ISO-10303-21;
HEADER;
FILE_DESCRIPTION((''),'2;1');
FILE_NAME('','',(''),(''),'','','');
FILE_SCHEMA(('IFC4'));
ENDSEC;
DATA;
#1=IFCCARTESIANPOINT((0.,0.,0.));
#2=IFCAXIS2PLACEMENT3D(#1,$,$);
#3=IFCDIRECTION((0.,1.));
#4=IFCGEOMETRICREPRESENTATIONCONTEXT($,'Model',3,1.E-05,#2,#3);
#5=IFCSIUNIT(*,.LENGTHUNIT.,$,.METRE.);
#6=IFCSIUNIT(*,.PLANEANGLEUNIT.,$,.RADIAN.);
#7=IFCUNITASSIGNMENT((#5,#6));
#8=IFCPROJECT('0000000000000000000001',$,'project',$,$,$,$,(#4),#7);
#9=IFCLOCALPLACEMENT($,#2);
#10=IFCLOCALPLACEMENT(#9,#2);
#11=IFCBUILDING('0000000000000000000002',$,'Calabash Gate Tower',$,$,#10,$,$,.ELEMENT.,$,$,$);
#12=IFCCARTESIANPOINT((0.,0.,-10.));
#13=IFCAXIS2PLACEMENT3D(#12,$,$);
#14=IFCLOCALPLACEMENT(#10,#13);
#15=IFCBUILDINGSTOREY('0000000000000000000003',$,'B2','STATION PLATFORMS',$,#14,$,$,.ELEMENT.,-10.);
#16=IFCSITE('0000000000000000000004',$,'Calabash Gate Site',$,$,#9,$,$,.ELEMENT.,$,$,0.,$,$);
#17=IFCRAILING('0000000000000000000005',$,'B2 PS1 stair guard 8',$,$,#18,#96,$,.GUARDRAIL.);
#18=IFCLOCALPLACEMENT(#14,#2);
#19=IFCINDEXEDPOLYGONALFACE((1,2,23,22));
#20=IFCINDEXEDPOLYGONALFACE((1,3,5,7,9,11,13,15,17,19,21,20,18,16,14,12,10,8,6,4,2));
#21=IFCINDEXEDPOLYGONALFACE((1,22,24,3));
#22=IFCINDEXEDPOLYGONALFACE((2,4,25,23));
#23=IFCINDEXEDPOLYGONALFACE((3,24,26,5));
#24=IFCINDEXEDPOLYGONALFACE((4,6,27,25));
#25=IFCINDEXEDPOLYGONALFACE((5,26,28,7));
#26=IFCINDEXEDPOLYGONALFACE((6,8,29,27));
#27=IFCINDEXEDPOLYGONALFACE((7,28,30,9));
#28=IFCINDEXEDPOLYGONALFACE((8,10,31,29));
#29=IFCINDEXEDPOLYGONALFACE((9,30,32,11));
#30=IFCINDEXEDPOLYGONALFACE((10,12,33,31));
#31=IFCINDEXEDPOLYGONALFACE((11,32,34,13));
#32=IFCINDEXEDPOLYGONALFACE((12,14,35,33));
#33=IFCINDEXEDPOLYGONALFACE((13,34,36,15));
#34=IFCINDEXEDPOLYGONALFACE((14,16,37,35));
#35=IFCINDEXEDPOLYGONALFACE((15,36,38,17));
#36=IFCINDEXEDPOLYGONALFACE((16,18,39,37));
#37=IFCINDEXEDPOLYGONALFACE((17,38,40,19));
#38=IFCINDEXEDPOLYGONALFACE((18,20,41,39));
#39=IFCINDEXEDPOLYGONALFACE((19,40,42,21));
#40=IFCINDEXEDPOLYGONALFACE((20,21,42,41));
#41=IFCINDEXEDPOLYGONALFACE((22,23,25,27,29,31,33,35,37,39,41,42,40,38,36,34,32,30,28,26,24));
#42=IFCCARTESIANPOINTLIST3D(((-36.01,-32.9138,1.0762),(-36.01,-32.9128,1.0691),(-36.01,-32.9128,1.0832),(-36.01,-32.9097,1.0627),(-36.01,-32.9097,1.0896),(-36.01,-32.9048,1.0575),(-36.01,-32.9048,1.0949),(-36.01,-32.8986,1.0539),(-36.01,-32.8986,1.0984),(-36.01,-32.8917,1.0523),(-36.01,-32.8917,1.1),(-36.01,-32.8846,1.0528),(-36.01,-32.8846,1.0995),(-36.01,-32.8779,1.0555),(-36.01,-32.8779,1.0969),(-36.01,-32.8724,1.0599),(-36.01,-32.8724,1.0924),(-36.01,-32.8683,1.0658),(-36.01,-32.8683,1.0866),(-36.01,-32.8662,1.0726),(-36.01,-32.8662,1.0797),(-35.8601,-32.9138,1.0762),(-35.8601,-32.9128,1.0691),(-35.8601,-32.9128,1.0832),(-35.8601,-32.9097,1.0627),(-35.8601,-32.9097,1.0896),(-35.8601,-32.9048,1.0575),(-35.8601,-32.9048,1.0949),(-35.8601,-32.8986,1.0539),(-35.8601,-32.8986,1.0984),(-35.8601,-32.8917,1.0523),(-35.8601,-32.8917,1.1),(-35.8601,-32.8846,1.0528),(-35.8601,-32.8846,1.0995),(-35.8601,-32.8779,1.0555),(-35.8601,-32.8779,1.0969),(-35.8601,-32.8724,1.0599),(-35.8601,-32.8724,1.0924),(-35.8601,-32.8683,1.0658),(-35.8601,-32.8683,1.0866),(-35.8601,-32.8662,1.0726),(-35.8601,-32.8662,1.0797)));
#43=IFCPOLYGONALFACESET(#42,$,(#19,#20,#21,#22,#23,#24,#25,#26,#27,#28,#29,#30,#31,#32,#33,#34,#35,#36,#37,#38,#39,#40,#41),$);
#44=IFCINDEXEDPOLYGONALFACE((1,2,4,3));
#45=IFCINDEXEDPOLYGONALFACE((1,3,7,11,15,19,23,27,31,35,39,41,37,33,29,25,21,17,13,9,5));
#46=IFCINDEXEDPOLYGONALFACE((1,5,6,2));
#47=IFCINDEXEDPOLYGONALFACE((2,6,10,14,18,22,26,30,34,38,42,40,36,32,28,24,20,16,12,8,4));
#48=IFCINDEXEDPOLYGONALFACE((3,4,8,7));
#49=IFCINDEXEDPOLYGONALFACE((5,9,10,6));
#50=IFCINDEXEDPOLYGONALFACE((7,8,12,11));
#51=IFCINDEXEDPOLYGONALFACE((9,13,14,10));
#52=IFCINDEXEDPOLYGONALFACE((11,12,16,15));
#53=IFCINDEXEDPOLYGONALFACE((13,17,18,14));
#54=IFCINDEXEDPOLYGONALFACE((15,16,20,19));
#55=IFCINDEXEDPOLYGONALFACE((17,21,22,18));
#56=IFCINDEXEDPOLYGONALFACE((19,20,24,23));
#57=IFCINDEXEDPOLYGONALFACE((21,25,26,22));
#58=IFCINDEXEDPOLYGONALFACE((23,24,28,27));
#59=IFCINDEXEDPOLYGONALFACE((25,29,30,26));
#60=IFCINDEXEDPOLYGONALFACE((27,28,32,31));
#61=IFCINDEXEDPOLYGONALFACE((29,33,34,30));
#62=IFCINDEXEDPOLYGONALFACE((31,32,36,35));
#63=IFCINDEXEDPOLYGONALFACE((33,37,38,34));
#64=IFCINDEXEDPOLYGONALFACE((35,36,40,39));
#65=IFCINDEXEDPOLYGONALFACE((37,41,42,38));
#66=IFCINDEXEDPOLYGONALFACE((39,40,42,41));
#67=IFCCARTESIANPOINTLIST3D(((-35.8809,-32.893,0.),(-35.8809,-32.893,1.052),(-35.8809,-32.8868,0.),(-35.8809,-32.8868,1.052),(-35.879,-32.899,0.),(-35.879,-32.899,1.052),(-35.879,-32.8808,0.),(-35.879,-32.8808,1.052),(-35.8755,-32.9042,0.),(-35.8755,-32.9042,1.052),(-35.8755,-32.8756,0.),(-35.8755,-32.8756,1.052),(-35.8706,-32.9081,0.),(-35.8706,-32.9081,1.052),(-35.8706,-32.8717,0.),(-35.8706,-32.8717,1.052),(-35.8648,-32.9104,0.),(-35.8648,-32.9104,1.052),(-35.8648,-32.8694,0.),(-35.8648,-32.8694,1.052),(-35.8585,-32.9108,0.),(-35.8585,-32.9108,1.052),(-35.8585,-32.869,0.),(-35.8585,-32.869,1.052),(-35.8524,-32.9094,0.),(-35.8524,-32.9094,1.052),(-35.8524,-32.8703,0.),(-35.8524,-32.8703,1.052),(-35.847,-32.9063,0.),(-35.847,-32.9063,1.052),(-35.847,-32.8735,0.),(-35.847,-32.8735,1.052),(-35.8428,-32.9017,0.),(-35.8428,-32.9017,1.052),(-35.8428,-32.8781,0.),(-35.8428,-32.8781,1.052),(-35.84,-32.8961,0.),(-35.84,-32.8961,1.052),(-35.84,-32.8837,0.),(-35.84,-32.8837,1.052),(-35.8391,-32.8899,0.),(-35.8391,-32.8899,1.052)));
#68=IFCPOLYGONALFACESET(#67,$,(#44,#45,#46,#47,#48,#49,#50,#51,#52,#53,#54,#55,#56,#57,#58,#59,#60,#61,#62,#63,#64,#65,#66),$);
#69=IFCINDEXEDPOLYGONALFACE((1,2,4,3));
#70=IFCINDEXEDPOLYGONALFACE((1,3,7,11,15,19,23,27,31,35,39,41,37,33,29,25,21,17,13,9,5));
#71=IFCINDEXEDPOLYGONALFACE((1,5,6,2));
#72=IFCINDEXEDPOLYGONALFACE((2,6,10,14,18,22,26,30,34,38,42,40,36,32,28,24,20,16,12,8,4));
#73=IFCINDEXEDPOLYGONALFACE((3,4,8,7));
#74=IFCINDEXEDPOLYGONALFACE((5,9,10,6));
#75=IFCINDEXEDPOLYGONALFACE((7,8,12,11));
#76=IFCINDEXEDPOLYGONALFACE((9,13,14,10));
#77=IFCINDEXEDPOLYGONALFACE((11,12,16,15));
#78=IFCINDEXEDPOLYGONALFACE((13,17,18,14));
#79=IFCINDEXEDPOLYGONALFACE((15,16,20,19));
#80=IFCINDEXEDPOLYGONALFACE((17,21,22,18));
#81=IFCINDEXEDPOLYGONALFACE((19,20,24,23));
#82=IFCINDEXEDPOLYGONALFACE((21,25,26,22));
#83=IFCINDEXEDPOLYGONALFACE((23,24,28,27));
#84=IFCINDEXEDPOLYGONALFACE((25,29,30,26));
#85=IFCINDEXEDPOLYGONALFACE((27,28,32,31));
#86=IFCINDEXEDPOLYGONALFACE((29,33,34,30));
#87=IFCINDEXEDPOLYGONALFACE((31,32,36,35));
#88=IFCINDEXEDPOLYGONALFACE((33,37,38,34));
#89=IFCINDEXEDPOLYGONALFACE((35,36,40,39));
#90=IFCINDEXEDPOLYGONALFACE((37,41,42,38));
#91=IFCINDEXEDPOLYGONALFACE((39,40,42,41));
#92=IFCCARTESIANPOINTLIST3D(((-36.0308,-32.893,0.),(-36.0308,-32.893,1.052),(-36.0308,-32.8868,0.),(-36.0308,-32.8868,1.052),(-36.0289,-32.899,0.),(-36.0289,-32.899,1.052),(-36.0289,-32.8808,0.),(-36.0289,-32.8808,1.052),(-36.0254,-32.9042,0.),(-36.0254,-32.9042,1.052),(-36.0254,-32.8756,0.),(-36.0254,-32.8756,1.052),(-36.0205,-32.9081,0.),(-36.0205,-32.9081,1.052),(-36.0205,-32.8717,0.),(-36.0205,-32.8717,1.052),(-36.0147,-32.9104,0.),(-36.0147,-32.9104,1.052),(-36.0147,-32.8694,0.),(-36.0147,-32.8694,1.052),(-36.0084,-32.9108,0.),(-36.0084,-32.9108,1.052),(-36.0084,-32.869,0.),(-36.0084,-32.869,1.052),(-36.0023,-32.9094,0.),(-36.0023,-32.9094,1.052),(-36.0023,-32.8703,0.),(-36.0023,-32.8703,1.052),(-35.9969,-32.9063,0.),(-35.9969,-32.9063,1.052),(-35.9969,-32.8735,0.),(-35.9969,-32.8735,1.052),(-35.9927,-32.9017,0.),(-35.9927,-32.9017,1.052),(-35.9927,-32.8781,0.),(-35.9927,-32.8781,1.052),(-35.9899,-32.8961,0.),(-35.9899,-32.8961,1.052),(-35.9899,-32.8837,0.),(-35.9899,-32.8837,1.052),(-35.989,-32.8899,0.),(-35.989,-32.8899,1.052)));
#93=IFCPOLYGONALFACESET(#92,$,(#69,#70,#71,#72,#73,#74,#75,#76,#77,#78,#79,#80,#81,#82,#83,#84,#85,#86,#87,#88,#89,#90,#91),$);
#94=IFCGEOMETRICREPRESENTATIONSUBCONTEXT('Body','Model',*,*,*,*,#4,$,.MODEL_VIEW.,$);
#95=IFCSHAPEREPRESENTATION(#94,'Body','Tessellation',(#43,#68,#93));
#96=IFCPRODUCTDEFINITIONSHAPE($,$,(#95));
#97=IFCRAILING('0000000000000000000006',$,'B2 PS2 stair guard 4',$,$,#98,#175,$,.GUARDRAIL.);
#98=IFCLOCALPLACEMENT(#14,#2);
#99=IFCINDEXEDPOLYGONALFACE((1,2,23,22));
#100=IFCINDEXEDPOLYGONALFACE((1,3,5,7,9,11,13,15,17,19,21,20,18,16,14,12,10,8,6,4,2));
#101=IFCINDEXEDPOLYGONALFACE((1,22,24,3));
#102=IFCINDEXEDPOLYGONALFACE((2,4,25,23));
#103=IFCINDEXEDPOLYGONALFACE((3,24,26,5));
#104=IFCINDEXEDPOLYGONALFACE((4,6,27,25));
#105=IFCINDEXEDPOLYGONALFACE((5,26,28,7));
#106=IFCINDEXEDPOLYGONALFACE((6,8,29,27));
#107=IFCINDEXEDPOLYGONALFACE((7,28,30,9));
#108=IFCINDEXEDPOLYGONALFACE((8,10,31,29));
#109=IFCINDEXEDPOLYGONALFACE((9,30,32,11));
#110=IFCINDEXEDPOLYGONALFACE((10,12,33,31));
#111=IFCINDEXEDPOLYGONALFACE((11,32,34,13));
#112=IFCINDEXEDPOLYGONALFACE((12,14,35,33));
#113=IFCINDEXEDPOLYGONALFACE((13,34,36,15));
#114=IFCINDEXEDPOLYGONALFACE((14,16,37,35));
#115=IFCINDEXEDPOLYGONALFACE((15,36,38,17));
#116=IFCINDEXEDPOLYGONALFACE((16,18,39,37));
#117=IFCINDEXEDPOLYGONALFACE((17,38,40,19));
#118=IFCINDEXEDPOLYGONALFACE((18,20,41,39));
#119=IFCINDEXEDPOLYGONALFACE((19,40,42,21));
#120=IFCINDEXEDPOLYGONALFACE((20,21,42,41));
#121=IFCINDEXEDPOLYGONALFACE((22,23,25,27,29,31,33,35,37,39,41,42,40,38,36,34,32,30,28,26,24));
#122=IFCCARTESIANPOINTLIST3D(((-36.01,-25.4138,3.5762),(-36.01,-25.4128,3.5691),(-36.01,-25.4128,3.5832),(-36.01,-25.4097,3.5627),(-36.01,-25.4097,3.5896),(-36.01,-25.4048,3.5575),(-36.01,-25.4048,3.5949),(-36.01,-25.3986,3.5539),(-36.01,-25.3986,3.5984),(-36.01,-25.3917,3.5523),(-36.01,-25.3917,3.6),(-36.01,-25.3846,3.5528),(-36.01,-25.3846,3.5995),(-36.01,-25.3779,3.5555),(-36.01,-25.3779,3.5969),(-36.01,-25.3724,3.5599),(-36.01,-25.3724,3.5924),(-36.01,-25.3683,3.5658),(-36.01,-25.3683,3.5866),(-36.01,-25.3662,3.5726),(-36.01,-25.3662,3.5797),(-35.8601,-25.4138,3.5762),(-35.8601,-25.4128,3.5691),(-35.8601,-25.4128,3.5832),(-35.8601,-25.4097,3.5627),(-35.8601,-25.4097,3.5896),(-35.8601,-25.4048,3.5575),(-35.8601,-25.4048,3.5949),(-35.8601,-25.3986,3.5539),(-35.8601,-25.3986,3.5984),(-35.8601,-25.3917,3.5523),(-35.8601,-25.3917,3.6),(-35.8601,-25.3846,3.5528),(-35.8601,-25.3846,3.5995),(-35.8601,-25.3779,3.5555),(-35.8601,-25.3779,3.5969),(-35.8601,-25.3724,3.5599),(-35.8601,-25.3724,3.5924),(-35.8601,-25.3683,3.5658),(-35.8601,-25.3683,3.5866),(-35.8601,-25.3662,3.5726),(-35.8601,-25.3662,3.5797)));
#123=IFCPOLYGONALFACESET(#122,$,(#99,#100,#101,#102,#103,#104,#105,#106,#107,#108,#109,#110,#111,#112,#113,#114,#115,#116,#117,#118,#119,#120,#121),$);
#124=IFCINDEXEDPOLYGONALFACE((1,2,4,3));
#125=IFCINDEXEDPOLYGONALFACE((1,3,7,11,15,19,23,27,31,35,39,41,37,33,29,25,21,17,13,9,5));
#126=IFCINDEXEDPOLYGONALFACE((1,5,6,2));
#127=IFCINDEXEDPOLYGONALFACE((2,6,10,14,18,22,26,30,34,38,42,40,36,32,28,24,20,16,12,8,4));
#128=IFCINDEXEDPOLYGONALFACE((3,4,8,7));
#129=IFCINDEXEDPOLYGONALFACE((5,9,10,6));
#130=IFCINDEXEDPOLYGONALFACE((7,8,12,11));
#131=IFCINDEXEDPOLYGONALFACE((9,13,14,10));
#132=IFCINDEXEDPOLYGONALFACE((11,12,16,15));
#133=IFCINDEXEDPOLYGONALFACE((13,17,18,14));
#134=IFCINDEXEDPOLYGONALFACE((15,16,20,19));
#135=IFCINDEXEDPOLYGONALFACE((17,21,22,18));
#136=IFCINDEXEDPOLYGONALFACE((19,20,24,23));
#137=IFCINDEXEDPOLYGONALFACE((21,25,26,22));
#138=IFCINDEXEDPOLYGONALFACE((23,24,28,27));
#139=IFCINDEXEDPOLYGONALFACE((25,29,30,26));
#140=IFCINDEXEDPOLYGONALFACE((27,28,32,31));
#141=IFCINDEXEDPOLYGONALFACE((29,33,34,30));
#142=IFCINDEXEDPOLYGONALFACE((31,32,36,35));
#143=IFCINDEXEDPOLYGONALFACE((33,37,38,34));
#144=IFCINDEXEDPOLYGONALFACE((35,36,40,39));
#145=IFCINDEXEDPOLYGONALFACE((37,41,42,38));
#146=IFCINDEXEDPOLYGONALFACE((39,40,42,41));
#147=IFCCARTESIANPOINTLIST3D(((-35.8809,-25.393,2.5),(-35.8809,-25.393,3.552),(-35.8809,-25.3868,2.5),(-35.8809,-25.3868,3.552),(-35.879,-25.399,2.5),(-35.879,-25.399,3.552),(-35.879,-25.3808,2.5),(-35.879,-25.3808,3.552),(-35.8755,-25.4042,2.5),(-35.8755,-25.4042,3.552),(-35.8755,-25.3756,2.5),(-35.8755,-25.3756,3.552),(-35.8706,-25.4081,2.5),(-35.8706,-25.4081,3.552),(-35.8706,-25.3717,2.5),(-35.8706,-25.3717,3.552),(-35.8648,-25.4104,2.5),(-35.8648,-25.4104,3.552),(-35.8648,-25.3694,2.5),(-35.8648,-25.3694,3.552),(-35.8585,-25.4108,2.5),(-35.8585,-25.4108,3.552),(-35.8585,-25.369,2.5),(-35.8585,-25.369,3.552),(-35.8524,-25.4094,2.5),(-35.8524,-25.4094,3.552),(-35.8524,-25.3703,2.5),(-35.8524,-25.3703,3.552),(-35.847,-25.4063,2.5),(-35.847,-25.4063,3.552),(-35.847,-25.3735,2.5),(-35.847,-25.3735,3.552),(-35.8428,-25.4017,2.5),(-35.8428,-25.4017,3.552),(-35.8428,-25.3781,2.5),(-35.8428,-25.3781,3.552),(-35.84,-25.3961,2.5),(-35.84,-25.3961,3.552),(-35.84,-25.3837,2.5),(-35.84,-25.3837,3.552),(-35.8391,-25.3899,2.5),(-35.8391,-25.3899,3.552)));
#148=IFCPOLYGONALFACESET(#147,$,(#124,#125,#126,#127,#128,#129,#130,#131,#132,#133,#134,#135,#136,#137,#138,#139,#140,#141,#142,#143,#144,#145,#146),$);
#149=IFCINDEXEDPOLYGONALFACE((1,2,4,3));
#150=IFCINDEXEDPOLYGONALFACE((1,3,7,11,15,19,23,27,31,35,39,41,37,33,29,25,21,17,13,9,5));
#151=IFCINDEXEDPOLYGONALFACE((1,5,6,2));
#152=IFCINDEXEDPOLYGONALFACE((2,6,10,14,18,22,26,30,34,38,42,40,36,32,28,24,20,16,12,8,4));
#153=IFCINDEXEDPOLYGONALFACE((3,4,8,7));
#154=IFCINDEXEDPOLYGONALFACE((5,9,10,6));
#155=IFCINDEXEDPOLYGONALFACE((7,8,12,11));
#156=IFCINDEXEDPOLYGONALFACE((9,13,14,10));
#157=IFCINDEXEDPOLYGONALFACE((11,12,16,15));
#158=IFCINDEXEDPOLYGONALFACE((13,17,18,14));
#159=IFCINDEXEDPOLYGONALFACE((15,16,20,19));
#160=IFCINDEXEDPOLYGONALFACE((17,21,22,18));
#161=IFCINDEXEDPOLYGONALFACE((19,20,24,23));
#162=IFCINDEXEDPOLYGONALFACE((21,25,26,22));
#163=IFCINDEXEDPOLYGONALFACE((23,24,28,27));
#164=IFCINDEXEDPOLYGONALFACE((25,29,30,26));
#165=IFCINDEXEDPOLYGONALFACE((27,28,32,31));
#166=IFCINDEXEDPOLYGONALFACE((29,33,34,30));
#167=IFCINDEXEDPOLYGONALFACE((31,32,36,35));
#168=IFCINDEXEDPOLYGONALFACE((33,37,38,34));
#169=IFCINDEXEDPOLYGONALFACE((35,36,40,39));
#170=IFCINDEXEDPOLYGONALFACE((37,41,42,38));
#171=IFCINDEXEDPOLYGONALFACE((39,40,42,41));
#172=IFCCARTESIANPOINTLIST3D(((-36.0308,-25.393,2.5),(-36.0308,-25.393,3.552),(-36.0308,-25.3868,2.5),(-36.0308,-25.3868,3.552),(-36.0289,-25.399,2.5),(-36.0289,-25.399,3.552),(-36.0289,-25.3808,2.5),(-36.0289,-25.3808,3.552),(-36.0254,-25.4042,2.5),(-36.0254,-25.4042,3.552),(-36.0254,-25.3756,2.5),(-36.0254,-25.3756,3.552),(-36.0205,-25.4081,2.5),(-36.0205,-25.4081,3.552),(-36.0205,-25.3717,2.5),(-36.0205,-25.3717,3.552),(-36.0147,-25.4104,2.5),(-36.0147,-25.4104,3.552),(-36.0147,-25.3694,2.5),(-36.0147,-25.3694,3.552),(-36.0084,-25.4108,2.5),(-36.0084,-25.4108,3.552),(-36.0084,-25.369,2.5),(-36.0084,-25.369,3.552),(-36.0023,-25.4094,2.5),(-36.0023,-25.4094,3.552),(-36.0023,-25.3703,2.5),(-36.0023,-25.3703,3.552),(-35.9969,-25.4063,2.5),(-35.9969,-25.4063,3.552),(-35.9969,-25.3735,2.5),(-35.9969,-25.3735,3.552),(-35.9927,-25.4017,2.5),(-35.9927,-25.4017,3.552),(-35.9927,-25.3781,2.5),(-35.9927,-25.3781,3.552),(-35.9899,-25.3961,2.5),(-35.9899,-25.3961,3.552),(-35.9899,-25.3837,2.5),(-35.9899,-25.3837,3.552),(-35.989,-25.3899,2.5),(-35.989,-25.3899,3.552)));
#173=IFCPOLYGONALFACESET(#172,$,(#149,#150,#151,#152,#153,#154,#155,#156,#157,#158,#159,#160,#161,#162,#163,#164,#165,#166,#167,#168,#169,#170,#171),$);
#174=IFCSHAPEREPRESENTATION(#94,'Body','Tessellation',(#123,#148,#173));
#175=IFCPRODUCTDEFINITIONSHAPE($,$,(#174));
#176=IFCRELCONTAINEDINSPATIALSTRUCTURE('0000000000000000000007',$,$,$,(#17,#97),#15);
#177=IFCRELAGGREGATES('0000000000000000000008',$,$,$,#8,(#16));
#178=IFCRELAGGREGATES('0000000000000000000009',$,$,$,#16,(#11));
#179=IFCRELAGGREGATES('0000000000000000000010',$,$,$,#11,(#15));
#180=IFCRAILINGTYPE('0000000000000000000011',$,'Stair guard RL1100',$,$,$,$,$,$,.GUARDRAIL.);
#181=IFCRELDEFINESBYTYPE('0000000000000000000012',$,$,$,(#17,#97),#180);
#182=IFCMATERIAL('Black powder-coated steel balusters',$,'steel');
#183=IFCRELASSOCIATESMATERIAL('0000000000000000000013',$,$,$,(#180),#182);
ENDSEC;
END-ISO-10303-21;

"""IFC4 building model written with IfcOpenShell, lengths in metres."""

from ifc_helpers import new_model, si_unit, direction, frame, origin, origin_2d, place, context, subcontext, project, spatial, circle, extrude, material, type_object, element, save


model = new_model("IFC4")

# Units and contexts
model_context = context("Model", 3, precision=1e-05, world=origin(), true_north=direction((0.0, 1.0)))
body_context = subcontext(model_context, "Body", "Model", "MODEL_VIEW")
ifc_project = project(units=[si_unit("LENGTHUNIT", "METRE"), si_unit("PLANEANGLEUNIT", "RADIAN")], contexts=[model_context])

# Site, building, storey
site_placement = place(None, origin())
site = spatial("IfcSite", under=ifc_project, at=site_placement, Name="Calabash Gate Site", CompositionType="ELEMENT", RefElevation=0.0)
building_placement = place(site_placement, origin())
building = spatial("IfcBuilding", under=site, at=building_placement, Name="Calabash Gate Tower", CompositionType="ELEMENT")
storey_placement = place(building_placement, frame((0.0, 0.0, -10.0)))
storey = spatial("IfcBuildingStorey", under=building, at=storey_placement, Name="B2", Description="STATION PLATFORMS", CompositionType="ELEMENT", Elevation=-10.0)

# Railings
ifc_material_1 = material(Name="Black powder-coated steel balusters", Category="steel")
railing_type_1 = type_object("IfcRailingType", Name="Stair guard RL1100", PredefinedType="GUARDRAIL", material=ifc_material_1)
for number, where, name in (
    (1, (-35.8601, -32.8899, 0.0), "B2 PS1 stair guard 8"),
    (2, (-35.8601, -25.3899, 2.5), "B2 PS2 stair guard 4"),
):
    element("IfcRailing", number, at=place(storey_placement, frame(where)), inside=storey, type_object=railing_type_1, Name=name, PredefinedType="GUARDRAIL", context=body_context, shape_type="SweptSolid", body=[
        extrude(circle(Radius=0.0239, at=origin_2d()), frame((0.0, 0.0, 1.0762), z_axis=(-1.0, 0.0, 0.0), x_axis=(0.0, -1.0, 0.0)), (0.0, 0.0, 1.0), 0.1499),
        extrude(circle(Radius=0.021, at=origin_2d()), origin(), (0.0, 0.0, 1.0), 1.052),
        extrude(circle(Radius=0.021, at=origin_2d()), frame((-0.1499, 0.0, 0.0)), (0.0, 0.0, 1.0), 1.052),
    ])

save(model, "model.ifc")
